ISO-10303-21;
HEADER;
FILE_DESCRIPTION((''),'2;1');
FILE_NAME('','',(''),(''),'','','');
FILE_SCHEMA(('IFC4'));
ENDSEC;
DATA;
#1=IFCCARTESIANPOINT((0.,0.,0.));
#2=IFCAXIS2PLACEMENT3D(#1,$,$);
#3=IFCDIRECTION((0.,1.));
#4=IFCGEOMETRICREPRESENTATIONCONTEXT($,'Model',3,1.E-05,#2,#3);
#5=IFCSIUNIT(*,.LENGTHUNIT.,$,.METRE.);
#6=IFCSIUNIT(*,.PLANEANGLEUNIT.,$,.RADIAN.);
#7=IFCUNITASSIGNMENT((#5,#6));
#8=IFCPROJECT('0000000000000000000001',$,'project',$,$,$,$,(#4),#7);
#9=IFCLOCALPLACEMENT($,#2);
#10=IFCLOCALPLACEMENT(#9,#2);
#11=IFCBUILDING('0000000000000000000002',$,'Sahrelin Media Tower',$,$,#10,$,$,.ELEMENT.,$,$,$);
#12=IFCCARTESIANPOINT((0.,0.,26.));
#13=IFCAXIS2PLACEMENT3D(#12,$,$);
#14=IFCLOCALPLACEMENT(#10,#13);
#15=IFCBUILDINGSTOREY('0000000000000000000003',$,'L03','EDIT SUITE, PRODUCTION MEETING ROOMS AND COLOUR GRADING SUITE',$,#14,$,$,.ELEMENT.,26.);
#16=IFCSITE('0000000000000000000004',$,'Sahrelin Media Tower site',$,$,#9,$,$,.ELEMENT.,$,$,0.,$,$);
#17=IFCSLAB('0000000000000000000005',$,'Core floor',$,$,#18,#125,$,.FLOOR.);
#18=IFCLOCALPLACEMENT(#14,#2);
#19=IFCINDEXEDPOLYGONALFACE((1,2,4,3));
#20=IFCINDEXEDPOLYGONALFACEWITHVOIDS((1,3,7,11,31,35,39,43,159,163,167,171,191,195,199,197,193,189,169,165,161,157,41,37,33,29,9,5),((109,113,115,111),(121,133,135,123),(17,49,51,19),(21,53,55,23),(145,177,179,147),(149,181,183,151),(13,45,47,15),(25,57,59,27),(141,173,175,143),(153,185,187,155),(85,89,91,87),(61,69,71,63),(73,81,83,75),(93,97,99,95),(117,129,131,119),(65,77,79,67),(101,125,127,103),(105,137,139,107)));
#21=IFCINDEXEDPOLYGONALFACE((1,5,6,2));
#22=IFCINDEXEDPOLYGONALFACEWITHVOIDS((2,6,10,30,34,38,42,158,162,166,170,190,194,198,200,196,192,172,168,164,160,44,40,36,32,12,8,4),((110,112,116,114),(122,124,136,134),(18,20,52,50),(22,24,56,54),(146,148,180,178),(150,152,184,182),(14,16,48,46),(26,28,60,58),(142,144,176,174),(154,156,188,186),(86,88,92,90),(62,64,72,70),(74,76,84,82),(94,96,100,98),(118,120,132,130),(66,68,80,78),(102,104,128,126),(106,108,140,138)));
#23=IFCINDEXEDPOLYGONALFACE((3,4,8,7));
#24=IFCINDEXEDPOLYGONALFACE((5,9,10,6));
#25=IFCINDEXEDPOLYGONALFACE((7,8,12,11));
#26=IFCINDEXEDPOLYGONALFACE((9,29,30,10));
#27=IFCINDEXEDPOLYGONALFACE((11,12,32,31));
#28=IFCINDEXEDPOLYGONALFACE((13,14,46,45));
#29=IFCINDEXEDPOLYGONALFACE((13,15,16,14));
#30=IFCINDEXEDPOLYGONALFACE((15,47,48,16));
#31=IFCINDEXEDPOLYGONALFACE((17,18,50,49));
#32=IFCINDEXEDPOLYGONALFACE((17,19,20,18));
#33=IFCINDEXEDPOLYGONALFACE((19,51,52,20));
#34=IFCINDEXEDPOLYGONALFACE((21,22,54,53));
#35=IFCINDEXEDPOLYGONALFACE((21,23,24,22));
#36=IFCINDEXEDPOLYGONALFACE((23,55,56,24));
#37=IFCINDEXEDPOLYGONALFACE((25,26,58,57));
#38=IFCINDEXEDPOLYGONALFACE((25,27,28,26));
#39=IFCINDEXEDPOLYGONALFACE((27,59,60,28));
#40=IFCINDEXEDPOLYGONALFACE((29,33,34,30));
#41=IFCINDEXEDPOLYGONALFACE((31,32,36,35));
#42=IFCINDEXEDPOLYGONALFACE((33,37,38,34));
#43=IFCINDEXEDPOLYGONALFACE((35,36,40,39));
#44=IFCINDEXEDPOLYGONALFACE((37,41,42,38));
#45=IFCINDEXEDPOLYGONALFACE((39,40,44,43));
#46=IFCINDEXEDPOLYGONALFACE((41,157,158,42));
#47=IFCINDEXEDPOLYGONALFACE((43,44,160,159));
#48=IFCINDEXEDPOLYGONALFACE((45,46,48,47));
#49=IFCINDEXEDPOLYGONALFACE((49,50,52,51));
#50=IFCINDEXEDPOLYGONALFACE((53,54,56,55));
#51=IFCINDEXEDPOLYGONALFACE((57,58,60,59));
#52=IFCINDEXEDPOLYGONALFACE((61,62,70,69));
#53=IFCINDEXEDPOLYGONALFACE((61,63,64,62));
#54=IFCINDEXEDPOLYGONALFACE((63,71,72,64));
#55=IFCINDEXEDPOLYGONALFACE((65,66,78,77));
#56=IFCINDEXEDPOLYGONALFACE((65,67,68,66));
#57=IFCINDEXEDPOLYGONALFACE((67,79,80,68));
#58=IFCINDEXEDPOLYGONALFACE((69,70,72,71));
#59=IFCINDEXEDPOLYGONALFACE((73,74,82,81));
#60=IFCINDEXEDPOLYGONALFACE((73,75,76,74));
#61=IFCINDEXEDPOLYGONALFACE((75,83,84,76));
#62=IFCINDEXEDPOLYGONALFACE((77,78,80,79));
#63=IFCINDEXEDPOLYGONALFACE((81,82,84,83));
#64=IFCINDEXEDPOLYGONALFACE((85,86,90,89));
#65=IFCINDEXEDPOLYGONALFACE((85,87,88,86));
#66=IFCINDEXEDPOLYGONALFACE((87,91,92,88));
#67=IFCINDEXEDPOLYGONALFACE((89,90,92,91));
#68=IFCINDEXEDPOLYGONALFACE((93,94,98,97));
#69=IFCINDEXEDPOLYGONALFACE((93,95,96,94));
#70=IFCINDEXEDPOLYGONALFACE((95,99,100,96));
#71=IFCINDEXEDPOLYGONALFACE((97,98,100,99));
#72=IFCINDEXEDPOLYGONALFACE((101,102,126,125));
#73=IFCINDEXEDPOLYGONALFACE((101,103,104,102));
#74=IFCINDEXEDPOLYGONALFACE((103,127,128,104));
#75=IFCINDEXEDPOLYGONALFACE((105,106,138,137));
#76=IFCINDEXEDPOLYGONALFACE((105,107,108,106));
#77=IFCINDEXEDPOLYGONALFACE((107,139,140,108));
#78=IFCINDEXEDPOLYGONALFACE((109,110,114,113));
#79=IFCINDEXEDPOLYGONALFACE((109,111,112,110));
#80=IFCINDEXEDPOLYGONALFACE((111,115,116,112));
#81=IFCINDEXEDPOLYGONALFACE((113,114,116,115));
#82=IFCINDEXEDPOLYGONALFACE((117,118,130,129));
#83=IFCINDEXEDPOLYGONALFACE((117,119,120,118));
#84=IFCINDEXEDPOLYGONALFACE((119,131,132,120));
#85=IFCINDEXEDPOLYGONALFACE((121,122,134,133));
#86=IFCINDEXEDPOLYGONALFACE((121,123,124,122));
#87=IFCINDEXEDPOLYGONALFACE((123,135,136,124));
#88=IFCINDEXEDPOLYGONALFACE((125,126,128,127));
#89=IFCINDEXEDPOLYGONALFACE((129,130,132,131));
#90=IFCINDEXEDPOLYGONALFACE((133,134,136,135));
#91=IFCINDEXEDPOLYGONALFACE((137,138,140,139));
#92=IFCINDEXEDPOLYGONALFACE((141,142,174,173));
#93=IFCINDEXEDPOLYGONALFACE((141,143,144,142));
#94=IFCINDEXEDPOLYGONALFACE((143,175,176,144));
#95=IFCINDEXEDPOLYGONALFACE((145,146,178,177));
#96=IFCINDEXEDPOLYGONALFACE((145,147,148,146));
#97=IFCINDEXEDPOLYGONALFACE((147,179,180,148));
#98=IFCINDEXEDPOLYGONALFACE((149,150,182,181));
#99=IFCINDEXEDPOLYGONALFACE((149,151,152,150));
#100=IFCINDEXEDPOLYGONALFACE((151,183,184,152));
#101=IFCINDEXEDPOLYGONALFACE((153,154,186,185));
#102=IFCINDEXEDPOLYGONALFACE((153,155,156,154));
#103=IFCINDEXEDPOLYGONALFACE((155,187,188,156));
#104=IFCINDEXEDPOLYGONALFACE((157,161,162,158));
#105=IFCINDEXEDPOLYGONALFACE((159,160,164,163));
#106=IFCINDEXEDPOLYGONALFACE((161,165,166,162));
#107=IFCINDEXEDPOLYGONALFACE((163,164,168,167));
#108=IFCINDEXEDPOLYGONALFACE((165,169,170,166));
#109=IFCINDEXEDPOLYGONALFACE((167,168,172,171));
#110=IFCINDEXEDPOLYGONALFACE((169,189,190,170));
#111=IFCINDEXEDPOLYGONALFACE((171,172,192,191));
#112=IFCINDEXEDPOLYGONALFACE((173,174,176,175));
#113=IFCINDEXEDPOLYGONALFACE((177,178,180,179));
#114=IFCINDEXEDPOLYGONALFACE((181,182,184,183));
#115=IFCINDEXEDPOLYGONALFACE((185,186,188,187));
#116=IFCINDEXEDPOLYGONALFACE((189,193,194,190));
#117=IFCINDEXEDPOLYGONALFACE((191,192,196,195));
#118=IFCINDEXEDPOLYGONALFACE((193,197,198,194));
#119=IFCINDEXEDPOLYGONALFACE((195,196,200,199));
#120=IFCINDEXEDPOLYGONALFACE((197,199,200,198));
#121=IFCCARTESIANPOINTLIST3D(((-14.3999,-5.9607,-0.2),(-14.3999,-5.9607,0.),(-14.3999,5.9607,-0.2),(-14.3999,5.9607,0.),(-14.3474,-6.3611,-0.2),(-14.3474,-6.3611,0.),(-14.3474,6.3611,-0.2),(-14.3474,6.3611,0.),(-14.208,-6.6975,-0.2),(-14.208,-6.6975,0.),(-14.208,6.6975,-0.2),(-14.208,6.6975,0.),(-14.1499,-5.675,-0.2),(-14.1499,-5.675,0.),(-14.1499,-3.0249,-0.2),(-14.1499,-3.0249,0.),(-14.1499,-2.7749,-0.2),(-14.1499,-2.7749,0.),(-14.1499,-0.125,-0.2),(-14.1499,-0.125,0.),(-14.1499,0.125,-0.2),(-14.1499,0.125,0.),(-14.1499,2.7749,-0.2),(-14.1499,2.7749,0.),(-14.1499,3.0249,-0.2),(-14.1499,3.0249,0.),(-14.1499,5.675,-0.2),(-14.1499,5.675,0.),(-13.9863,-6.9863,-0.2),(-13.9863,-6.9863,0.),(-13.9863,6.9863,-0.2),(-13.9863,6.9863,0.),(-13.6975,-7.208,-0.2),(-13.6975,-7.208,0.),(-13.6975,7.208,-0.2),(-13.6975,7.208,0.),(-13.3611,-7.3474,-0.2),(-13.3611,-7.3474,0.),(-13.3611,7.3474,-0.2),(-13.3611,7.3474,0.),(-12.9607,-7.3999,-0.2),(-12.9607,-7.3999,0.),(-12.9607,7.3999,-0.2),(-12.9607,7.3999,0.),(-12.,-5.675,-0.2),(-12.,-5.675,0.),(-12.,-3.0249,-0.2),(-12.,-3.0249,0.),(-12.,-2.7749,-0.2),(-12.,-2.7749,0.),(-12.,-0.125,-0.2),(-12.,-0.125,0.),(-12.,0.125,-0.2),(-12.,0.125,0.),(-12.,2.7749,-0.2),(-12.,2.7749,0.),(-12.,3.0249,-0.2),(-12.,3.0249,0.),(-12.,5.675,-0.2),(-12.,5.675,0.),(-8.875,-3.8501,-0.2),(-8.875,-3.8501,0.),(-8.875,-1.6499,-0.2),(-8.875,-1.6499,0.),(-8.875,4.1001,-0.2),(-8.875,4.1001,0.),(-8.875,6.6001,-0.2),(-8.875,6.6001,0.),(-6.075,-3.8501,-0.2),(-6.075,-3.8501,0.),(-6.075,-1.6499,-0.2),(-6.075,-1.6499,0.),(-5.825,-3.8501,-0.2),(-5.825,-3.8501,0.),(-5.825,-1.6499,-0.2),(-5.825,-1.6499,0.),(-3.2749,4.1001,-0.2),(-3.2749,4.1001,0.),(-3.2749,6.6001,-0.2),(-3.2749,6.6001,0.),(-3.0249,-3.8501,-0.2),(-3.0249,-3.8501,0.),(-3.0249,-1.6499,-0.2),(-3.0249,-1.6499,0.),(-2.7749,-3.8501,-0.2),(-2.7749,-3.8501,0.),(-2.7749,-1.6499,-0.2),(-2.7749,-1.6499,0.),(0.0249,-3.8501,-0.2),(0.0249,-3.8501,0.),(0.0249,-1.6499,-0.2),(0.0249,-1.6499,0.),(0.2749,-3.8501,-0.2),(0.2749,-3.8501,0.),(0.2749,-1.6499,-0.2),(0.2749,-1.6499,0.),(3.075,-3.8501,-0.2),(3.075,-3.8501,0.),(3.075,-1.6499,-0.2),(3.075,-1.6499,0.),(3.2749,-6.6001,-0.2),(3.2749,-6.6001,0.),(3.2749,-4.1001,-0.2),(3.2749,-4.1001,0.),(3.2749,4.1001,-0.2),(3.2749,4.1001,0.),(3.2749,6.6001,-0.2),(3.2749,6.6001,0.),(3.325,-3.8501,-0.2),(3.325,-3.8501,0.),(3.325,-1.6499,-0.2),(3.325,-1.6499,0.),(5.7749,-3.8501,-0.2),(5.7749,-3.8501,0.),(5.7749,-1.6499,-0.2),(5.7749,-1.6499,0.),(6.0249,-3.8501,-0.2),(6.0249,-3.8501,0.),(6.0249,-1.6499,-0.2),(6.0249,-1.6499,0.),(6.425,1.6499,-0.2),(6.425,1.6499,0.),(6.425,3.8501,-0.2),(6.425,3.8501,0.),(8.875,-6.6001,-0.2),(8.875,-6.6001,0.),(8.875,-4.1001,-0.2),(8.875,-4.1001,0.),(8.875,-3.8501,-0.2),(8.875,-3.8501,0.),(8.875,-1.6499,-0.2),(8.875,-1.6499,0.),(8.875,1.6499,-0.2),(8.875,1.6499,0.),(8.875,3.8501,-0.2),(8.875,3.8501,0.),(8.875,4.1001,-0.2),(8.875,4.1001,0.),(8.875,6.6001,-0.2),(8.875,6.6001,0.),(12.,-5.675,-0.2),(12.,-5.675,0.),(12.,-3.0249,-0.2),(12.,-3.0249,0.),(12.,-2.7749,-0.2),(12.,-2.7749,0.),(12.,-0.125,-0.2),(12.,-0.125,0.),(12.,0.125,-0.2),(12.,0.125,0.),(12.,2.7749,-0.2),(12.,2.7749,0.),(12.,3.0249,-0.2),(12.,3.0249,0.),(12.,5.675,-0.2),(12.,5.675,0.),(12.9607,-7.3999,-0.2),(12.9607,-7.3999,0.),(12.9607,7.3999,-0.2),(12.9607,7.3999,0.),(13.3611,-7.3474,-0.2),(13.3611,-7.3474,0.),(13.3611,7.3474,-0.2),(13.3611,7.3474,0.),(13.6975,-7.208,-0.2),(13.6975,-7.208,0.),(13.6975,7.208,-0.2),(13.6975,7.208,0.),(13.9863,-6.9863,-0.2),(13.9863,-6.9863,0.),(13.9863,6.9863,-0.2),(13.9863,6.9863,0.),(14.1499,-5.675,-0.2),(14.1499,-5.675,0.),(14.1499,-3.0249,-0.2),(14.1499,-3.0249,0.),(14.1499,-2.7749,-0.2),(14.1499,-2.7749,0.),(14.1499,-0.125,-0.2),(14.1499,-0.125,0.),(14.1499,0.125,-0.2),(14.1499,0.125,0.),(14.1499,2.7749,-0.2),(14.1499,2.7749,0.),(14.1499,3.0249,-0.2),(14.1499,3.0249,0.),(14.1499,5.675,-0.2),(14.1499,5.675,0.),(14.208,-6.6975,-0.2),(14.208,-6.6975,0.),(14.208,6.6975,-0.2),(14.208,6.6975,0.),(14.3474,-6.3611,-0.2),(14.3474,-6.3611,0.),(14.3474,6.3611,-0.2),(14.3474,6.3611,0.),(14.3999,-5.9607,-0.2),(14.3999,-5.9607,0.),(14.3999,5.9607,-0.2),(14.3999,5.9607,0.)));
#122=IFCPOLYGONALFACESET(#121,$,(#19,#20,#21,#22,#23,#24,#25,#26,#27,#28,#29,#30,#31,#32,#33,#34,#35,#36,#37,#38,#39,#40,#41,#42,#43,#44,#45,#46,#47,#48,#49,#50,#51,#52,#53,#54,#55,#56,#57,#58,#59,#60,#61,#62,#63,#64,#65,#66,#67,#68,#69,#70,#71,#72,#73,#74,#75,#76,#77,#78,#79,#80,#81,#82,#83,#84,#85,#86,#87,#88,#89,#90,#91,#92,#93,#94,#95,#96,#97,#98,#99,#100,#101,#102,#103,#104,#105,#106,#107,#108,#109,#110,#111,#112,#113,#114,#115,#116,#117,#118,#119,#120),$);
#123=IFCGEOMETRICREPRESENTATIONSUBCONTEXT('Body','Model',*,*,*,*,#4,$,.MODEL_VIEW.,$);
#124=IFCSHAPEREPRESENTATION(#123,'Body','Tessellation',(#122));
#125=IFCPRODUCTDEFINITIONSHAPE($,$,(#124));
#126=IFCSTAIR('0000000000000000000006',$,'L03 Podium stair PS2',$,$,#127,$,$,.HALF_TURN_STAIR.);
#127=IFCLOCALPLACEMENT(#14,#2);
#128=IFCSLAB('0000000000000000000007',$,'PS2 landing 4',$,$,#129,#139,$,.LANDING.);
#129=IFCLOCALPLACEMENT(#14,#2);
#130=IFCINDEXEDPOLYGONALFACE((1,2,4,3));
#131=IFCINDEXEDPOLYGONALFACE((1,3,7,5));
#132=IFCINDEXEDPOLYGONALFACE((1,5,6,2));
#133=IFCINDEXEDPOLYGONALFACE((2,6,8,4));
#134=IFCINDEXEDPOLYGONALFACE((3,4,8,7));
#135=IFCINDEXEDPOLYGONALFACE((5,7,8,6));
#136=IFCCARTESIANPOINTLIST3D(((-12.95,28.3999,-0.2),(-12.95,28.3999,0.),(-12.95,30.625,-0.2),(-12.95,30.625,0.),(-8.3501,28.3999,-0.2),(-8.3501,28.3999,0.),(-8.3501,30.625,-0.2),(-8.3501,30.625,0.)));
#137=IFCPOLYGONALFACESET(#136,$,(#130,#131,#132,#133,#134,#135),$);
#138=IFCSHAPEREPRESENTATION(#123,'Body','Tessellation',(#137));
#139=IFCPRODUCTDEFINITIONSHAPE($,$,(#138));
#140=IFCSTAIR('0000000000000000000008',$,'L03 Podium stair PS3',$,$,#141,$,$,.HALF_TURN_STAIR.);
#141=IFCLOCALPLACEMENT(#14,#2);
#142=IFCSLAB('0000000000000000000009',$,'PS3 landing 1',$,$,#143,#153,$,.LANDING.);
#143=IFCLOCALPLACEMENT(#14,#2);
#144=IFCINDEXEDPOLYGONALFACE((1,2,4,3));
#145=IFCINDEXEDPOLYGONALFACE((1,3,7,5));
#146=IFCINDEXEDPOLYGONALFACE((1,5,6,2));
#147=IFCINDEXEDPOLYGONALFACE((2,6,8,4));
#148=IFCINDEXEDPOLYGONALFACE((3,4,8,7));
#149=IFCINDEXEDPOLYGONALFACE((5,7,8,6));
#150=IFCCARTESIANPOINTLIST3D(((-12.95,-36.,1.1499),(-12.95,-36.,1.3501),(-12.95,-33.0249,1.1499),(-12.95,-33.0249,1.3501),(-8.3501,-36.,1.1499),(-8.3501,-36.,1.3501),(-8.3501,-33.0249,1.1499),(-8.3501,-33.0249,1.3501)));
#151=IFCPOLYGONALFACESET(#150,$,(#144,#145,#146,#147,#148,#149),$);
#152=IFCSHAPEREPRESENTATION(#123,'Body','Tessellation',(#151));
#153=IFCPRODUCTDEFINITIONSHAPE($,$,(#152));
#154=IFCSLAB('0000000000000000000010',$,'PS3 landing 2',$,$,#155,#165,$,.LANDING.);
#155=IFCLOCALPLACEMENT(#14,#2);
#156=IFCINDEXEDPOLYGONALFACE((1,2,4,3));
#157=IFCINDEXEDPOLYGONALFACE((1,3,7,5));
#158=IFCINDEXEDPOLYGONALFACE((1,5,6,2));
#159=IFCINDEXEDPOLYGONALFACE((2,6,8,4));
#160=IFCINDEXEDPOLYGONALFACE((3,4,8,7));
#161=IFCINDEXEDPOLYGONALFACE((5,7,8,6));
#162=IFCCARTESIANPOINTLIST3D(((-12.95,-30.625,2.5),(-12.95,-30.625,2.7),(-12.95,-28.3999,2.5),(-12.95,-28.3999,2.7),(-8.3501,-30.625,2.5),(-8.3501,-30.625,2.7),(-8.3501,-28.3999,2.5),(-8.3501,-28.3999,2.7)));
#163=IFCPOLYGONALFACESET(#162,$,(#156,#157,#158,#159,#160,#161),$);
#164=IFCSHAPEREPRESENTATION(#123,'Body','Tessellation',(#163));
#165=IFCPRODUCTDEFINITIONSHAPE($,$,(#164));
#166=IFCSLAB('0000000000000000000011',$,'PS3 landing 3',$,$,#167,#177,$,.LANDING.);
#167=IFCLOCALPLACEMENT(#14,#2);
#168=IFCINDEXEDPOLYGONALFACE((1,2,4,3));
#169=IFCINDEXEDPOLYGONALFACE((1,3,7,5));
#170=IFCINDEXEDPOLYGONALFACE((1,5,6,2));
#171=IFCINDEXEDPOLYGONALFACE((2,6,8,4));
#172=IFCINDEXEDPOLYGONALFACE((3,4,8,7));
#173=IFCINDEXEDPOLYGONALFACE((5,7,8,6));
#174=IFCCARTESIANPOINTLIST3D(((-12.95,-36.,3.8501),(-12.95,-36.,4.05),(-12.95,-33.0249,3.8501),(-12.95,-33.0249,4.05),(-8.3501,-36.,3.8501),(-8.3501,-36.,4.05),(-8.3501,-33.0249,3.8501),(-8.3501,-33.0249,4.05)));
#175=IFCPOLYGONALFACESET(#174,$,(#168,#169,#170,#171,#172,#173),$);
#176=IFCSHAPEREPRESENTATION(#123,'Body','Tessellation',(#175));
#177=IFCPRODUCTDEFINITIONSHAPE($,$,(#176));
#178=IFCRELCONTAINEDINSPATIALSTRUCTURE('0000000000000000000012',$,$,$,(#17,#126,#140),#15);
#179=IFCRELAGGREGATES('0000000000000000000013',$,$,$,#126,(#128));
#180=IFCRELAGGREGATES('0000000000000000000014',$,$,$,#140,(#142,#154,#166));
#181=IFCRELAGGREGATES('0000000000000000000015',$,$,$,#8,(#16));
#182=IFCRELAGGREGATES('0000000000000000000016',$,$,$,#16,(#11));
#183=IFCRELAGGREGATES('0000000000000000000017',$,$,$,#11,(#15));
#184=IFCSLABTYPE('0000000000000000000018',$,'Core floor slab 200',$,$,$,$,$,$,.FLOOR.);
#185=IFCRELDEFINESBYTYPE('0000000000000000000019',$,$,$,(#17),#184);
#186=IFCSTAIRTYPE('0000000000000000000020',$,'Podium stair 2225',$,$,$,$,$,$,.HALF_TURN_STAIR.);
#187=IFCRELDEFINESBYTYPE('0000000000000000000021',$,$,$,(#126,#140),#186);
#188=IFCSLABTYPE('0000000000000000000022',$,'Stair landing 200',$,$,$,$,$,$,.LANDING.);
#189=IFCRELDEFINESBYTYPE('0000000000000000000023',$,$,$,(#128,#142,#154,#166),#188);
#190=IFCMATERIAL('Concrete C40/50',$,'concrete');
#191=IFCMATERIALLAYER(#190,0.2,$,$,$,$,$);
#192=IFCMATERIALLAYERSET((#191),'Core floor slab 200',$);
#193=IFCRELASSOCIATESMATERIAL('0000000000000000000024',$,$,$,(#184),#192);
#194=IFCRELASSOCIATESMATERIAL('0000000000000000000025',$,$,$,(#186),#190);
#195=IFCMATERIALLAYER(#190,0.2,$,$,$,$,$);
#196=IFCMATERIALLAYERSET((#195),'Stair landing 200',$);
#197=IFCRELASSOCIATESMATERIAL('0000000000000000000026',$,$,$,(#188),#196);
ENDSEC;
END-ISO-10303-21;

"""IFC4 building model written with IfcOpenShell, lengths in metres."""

from ifc_helpers import new_model, si_unit, direction, frame, origin, place, context, subcontext, project, spatial, polyline, outline, extrude, material, layer, layer_set, type_object, element, aggregate, save


model = new_model("IFC4")

# Units and contexts
model_context = context("Model", 3, precision=1e-05, world=origin(), true_north=direction((0.0, 1.0)))
body_context = subcontext(model_context, "Body", "Model", "MODEL_VIEW")
ifc_project = project(units=[si_unit("LENGTHUNIT", "METRE"), si_unit("PLANEANGLEUNIT", "RADIAN")], contexts=[model_context])

# Site, building, storey
site_placement = place(None, origin())
site = spatial("IfcSite", under=ifc_project, at=site_placement, Name="Sahrelin Media Tower site", CompositionType="ELEMENT", RefElevation=0.0)
building_placement = place(site_placement, origin())
building = spatial("IfcBuilding", under=site, at=building_placement, Name="Sahrelin Media Tower", CompositionType="ELEMENT")
storey_placement = place(building_placement, frame((0.0, 0.0, 26.0)))
storey = spatial("IfcBuildingStorey", under=building, at=storey_placement, Name="L03", Description="EDIT SUITE, PRODUCTION MEETING ROOMS AND COLOUR GRADING SUITE", CompositionType="ELEMENT", Elevation=26.0)

# Slab
ifc_material_1 = material(Name="Concrete C40/50", Category="concrete")
ifc_layer_1 = layer(ifc_material_1, 0.2)
ifc_layer_set_1 = layer_set([ifc_layer_1], Name="Core floor slab 200")
slab_type_1 = type_object("IfcSlabType", Name="Core floor slab 200", PredefinedType="FLOOR", material=ifc_layer_set_1)
placement_1 = place(storey_placement, frame((0.0, 0.0, -0.2)))
element("IfcSlab", 1, at=placement_1, inside=storey, type_object=slab_type_1, Name="Core floor", PredefinedType="FLOOR", context=body_context, shape_type="SweptSolid", body=[
    extrude(outline(polyline([(-13.9863, 6.9863), (-14.208, 6.6975), (-14.3474, 6.3611), (-14.3999, 5.9607), (-14.3999, -5.9607), (-14.3474, -6.3611), (-14.208, -6.6975), (-13.9863, -6.9863), (-13.6975, -7.208), (-13.3611, -7.3474), (-12.9607, -7.3999), (12.9607, -7.3999), (13.3611, -7.3474), (13.6975, -7.208), (13.9863, -6.9863), (14.208, -6.6975), (14.3474, -6.3611), (14.3999, -5.9607), (14.3999, 5.9607), (14.3474, 6.3611), (14.208, 6.6975), (13.9863, 6.9863), (13.6975, 7.208), (13.3611, 7.3474), (12.9607, 7.3999), (-12.9607, 7.3999), (-13.3611, 7.3474), (-13.6975, 7.208), (-13.9863, 6.9863)]), holes=[polyline([(-14.1499, 5.675), (-14.1499, 3.0249), (-12.0, 3.0249), (-12.0, 5.675), (-14.1499, 5.675)]), polyline([(-12.0, 2.7749), (-14.1499, 2.7749), (-14.1499, 0.125), (-12.0, 0.125), (-12.0, 2.7749)]), polyline([(-12.0, -2.7749), (-12.0, -0.125), (-14.1499, -0.125), (-14.1499, -2.7749), (-12.0, -2.7749)]), polyline([(-14.1499, -5.675), (-12.0, -5.675), (-12.0, -3.0249), (-14.1499, -3.0249), (-14.1499, -5.675)]), polyline([(12.0, 5.675), (12.0, 3.0249), (14.1499, 3.0249), (14.1499, 5.675), (12.0, 5.675)]), polyline([(14.1499, 2.7749), (12.0, 2.7749), (12.0, 0.125), (14.1499, 0.125), (14.1499, 2.7749)]), polyline([(14.1499, -2.7749), (14.1499, -0.125), (12.0, -0.125), (12.0, -2.7749), (14.1499, -2.7749)]), polyline([(12.0, -5.675), (14.1499, -5.675), (14.1499, -3.0249), (12.0, -3.0249), (12.0, -5.675)]), polyline([(6.425, 3.8501), (6.425, 1.6499), (8.875, 1.6499), (8.875, 3.8501), (6.425, 3.8501)]), polyline([(-6.075, -1.6499), (-8.875, -1.6499), (-8.875, -3.8501), (-6.075, -3.8501), (-6.075, -1.6499)]), polyline([(-3.0249, -3.8501), (-3.0249, -1.6499), (-5.825, -1.6499), (-5.825, -3.8501), (-3.0249, -3.8501)]), polyline([(-2.7749, -3.8501), (0.0249, -3.8501), (0.0249, -1.6499), (-2.7749, -1.6499), (-2.7749, -3.8501)]), polyline([(0.2749, -1.6499), (0.2749, -3.8501), (3.075, -3.8501), (3.075, -1.6499), (0.2749, -1.6499)]), polyline([(5.7749, -1.6499), (3.325, -1.6499), (3.325, -3.8501), (5.7749, -3.8501), (5.7749, -1.6499)]), polyline([(8.875, -3.8501), (8.875, -1.6499), (6.0249, -1.6499), (6.0249, -3.8501), (8.875, -3.8501)]), polyline([(-8.875, 6.6001), (-8.875, 4.1001), (-3.2749, 4.1001), (-3.2749, 6.6001), (-8.875, 6.6001)]), polyline([(3.2749, 4.1001), (8.875, 4.1001), (8.875, 6.6001), (3.2749, 6.6001), (3.2749, 4.1001)]), polyline([(3.2749, -4.1001), (3.2749, -6.6001), (8.875, -6.6001), (8.875, -4.1001), (3.2749, -4.1001)])]), origin(), (0.0, 0.0, 1.0), 0.2),
])

# Stair, slab
stair_type = type_object("IfcStairType", Name="Podium stair 2225", PredefinedType="HALF_TURN_STAIR", material=ifc_material_1)
placement_2 = place(storey_placement, origin())
stair_1 = element("IfcStair", 2, at=placement_2, inside=storey, type_object=stair_type, Name="L03 Podium stair PS2", PredefinedType="HALF_TURN_STAIR")
ifc_layer_2 = layer(ifc_material_1, 0.2)
ifc_layer_set_2 = layer_set([ifc_layer_2], Name="Stair landing 200")
slab_type_2 = type_object("IfcSlabType", Name="Stair landing 200", PredefinedType="LANDING", material=ifc_layer_set_2)
slab_1 = element("IfcSlab", 3, at=placement_1, type_object=slab_type_2, Name="PS2 landing 4", PredefinedType="LANDING", context=body_context, shape_type="SweptSolid", body=[
    extrude(outline(polyline([(-8.3501, 28.3999), (-8.3501, 30.625), (-12.95, 30.625), (-12.95, 28.3999), (-8.3501, 28.3999)])), origin(), (0.0, 0.0, 1.0), 0.2),
])
aggregate(stair_1, [slab_1])

# Stair, slabs
stair_2 = element("IfcStair", 4, at=placement_2, inside=storey, type_object=stair_type, Name="L03 Podium stair PS3", PredefinedType="HALF_TURN_STAIR")
placement_3 = place(storey_placement, frame((0.0, 0.0, 1.1499)))
slab_2 = element("IfcSlab", 5, at=placement_3, type_object=slab_type_2, Name="PS3 landing 1", PredefinedType="LANDING", context=body_context, shape_type="SweptSolid", body=[
    extrude(outline(polyline([(-12.95, -33.0249), (-12.95, -36.0), (-8.3501, -36.0), (-8.3501, -33.0249), (-12.95, -33.0249)])), origin(), (0.0, 0.0, 1.0), 0.2002),
])
placement_4 = place(storey_placement, frame((0.0, 0.0, 2.5)))
slab_3 = element("IfcSlab", 6, at=placement_4, type_object=slab_type_2, Name="PS3 landing 2", PredefinedType="LANDING", context=body_context, shape_type="SweptSolid", body=[
    extrude(outline(polyline([(-12.95, -28.3999), (-12.95, -30.625), (-8.3501, -30.625), (-8.3501, -28.3999), (-12.95, -28.3999)])), origin(), (0.0, 0.0, 1.0), 0.2),
])
placement_5 = place(storey_placement, frame((0.0, 0.0, 3.8501)))
slab_4 = element("IfcSlab", 7, at=placement_5, type_object=slab_type_2, Name="PS3 landing 3", PredefinedType="LANDING", context=body_context, shape_type="SweptSolid", body=[
    extrude(outline(polyline([(-12.95, -33.0249), (-12.95, -36.0), (-8.3501, -36.0), (-8.3501, -33.0249), (-12.95, -33.0249)])), origin(), (0.0, 0.0, 1.0), 0.2),
])
aggregate(stair_2, [slab_2, slab_3, slab_4])

save(model, "model.ifc")
